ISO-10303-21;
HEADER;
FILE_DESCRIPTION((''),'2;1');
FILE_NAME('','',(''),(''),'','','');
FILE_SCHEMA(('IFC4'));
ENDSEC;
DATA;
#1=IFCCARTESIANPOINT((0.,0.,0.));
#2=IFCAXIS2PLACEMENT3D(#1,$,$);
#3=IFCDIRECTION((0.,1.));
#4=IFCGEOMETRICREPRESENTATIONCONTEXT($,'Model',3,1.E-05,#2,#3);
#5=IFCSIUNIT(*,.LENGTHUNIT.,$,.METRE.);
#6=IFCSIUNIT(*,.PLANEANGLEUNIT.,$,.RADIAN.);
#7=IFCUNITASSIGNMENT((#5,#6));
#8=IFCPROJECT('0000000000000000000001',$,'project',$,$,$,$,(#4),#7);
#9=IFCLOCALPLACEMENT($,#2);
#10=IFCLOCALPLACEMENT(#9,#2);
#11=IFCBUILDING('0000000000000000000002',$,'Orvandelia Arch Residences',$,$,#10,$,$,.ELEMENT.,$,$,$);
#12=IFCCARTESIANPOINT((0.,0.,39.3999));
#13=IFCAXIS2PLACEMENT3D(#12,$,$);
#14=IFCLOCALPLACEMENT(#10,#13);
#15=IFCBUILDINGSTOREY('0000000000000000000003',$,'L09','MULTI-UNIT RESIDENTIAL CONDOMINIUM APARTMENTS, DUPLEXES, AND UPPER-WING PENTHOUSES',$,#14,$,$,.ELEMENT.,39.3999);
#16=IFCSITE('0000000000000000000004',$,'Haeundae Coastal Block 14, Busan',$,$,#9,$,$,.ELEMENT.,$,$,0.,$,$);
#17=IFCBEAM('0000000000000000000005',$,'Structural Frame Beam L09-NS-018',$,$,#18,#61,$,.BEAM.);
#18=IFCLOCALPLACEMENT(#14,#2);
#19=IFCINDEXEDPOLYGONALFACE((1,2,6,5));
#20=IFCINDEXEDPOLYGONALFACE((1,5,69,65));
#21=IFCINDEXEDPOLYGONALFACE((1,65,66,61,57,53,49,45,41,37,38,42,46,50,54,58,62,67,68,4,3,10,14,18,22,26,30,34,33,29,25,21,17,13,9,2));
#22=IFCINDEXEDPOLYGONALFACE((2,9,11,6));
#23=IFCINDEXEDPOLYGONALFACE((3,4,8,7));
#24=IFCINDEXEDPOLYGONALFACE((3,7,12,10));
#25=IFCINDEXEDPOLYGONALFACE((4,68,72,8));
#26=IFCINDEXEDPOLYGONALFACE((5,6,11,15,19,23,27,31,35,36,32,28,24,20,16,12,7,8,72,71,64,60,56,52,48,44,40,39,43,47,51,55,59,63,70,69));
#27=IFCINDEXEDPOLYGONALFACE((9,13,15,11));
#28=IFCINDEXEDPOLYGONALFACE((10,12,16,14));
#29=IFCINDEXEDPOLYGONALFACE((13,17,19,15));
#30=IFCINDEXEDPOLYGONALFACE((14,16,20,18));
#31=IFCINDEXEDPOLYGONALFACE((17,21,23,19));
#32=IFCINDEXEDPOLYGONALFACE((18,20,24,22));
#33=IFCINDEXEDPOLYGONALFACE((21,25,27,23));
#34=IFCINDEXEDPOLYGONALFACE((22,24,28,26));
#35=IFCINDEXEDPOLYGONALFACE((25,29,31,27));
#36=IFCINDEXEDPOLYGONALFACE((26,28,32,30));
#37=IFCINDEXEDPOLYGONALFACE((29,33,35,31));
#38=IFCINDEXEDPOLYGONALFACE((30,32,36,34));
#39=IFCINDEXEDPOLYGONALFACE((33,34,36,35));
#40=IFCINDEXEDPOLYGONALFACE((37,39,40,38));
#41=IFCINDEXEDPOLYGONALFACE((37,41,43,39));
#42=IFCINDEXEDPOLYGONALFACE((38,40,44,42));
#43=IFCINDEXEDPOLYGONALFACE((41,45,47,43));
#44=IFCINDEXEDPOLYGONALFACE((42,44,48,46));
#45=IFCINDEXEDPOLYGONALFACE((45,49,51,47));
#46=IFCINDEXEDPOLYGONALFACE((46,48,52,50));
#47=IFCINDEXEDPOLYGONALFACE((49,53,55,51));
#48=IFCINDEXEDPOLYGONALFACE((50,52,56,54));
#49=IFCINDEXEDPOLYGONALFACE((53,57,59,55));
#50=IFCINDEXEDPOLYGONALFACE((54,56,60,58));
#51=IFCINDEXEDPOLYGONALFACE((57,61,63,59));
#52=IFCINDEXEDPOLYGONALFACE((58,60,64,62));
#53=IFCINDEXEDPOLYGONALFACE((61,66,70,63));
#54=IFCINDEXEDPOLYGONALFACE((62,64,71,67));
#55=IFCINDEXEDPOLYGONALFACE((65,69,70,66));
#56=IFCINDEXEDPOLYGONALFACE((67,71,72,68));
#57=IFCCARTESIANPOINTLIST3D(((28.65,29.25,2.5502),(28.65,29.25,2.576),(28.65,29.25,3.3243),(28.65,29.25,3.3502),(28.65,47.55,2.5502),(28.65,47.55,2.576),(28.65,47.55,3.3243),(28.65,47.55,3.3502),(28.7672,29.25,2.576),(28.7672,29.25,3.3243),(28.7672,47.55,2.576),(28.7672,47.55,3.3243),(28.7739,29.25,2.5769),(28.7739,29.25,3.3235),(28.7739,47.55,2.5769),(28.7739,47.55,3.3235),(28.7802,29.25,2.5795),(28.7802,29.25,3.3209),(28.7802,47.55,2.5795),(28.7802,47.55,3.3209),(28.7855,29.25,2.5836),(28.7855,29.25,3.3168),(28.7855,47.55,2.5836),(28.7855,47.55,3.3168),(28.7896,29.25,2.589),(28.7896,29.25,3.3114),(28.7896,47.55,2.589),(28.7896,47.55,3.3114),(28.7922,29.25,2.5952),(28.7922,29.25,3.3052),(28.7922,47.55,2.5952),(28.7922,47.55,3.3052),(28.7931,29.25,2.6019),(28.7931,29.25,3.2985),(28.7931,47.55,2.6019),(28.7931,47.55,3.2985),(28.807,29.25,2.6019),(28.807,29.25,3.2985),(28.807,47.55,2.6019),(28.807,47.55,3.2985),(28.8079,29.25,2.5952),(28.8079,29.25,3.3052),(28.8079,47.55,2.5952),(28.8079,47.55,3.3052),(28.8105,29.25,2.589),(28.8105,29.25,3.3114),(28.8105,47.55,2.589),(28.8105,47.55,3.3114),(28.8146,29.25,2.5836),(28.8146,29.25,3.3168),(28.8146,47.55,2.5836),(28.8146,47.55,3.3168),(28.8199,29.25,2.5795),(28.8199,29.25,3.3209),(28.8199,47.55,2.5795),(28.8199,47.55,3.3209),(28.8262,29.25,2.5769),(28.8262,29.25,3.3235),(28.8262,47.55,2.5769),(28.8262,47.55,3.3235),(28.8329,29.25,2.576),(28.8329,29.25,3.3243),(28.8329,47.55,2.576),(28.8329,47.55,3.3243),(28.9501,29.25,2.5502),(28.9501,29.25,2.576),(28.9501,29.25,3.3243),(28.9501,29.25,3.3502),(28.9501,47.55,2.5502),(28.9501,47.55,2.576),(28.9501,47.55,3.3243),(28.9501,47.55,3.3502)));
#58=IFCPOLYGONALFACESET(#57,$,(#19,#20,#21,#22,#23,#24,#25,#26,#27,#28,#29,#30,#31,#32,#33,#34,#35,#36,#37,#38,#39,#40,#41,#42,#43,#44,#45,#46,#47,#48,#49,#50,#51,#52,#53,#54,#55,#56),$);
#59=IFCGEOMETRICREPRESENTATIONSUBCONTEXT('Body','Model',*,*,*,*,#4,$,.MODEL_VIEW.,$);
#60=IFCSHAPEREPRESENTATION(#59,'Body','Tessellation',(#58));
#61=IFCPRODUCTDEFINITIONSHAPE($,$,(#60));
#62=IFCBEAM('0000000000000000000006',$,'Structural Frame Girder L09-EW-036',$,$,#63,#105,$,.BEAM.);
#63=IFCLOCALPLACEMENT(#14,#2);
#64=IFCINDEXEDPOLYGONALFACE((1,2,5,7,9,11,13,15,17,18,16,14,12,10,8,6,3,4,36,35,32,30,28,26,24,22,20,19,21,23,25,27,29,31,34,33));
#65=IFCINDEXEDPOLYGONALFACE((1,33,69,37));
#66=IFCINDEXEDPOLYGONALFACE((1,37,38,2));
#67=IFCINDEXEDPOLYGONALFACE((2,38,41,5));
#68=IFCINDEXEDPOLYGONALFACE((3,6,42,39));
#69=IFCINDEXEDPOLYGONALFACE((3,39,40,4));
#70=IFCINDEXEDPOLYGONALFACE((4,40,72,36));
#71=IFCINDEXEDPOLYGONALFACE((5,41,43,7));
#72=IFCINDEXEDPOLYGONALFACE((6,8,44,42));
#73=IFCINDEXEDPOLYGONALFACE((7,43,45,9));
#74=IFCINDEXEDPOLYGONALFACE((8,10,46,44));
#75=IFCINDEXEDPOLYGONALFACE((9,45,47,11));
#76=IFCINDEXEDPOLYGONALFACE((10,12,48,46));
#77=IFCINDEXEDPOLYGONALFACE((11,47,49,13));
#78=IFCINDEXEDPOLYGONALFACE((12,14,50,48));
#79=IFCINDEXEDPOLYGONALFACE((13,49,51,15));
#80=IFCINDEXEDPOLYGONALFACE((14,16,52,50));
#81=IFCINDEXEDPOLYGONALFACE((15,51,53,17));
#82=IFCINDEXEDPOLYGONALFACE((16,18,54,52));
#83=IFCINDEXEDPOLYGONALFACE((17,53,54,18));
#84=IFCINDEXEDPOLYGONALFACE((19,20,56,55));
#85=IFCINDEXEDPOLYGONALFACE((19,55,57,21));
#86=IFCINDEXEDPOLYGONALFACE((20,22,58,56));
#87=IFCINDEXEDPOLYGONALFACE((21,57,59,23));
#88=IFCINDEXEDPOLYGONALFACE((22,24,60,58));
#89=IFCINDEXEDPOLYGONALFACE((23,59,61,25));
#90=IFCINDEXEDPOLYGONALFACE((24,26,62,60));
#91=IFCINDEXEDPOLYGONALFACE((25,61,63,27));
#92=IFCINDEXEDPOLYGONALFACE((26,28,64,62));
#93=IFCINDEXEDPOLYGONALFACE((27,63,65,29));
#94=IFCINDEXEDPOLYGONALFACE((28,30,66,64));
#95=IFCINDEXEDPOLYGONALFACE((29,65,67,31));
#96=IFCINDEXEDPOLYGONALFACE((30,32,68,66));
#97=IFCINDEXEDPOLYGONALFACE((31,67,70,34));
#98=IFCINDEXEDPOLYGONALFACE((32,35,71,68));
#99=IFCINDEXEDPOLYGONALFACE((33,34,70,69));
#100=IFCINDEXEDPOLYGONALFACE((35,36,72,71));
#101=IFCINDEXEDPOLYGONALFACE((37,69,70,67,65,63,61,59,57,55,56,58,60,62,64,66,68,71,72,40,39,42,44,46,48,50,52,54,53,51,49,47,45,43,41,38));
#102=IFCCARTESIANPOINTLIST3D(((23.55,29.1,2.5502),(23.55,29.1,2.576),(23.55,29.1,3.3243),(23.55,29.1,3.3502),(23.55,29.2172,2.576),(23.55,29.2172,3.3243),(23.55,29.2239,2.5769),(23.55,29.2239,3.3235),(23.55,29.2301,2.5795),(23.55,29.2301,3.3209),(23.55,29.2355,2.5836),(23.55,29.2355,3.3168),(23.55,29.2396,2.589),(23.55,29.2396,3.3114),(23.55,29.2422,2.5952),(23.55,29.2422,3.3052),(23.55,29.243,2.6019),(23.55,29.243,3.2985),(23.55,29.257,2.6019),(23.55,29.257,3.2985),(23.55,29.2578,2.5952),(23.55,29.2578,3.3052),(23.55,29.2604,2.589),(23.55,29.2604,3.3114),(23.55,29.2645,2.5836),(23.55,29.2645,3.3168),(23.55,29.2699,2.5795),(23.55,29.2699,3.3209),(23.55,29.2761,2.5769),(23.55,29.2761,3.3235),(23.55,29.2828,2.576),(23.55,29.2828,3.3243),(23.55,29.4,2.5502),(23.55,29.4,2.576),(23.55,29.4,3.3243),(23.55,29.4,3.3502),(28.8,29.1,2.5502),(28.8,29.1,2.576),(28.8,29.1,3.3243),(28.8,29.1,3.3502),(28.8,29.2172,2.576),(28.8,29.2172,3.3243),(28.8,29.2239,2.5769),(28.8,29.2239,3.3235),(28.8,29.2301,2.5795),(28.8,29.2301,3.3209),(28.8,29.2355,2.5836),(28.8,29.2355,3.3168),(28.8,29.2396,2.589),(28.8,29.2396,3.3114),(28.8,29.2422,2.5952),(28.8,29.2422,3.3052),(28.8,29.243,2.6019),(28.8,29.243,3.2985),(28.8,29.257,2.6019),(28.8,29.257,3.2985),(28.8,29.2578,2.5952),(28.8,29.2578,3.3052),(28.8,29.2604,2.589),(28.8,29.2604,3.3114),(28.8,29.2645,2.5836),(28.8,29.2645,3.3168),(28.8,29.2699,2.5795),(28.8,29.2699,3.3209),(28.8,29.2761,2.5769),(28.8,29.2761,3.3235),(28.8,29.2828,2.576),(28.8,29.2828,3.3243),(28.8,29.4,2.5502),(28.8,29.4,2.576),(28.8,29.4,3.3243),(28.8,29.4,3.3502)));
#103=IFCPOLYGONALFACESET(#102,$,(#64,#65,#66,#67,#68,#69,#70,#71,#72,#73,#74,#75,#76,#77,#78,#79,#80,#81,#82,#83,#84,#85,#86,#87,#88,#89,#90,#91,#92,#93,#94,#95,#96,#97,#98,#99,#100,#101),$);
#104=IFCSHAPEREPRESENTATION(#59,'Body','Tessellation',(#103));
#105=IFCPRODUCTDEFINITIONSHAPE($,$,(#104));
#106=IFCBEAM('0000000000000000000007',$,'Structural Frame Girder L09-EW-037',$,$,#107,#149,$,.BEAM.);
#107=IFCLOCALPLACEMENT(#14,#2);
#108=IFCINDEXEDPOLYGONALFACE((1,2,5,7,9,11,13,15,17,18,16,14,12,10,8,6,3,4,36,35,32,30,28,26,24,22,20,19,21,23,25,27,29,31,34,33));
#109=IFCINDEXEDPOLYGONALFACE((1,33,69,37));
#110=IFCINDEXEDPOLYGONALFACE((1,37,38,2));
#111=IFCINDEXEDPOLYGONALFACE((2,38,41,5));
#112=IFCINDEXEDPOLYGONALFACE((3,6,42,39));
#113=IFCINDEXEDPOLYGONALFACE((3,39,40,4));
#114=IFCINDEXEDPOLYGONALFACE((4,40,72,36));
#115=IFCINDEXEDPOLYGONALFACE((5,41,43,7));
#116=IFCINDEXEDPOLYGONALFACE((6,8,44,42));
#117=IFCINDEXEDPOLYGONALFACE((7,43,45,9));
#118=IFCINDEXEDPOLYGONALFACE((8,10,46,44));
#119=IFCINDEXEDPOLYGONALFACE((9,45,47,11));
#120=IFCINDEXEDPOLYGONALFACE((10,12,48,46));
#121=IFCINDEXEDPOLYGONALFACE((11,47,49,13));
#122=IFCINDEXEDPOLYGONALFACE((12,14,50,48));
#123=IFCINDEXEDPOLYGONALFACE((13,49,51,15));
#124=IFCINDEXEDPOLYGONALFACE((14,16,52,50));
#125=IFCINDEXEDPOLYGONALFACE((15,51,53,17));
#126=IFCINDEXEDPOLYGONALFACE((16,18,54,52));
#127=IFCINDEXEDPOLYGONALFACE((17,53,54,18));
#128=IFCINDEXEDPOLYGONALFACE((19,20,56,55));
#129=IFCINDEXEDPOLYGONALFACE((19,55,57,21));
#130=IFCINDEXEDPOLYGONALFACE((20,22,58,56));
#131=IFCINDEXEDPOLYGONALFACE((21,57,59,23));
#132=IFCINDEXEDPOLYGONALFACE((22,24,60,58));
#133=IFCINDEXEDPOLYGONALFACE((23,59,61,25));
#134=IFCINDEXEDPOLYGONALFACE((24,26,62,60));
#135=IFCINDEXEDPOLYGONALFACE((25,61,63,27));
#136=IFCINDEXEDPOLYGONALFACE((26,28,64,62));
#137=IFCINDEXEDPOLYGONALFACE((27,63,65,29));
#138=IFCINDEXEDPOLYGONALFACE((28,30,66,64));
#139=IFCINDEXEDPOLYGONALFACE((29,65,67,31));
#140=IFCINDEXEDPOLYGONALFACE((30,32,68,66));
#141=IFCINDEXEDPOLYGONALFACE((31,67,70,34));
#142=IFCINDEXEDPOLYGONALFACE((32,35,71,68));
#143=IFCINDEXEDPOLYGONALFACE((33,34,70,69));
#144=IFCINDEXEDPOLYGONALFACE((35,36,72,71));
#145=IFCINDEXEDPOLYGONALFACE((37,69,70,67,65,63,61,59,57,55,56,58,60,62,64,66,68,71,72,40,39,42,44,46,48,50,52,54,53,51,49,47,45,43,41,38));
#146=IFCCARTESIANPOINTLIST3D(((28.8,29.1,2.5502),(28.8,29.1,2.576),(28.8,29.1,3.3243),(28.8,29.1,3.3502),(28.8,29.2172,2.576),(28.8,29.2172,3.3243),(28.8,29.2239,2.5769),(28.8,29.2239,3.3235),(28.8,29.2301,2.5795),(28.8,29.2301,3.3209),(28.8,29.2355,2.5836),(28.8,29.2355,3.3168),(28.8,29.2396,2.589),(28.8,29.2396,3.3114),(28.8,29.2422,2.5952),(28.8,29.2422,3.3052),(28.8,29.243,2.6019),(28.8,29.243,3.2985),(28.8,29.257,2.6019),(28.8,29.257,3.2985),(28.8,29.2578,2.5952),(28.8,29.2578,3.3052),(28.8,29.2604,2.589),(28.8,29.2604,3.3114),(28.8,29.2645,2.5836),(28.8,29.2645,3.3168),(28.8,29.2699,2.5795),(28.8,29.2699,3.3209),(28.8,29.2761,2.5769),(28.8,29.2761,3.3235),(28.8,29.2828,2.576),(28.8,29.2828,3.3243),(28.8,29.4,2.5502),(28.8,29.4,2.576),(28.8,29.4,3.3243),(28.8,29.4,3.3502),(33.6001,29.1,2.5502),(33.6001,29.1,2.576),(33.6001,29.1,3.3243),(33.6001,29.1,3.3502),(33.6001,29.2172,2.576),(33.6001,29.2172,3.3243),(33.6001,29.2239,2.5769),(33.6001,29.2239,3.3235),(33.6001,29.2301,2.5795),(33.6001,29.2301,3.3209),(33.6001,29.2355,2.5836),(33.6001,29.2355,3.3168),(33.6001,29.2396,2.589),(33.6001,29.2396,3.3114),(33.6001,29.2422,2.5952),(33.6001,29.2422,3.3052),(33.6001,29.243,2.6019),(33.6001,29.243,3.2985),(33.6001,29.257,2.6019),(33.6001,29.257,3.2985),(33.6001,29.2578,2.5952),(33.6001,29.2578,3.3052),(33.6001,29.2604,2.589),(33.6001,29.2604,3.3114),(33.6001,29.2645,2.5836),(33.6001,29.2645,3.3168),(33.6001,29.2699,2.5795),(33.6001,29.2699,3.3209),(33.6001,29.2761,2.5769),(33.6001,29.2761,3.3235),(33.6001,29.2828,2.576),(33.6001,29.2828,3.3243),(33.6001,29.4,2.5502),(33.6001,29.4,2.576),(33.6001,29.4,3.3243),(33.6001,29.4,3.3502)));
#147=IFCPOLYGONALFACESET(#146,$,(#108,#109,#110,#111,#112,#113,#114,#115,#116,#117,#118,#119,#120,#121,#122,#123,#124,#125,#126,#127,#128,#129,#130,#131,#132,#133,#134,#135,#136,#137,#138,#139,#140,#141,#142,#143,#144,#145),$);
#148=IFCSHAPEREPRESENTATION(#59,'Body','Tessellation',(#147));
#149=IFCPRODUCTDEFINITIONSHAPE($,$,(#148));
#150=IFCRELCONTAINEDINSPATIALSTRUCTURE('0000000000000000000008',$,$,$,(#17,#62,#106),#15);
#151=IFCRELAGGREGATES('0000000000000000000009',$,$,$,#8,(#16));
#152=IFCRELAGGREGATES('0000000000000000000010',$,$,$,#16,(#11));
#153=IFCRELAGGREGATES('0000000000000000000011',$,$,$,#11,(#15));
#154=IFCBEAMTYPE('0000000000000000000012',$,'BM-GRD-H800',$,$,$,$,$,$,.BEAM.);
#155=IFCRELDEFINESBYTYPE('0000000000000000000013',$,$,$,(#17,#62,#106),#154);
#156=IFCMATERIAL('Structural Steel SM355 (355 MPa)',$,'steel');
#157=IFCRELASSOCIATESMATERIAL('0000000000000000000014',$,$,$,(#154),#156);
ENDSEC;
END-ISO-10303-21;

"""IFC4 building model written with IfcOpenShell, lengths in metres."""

from ifc_helpers import new_model, si_unit, direction, frame, origin, origin_2d, place, context, subcontext, project, spatial, i_section, extrude, material, material_profile, profile_set, type_object, element, save


model = new_model("IFC4")

# Units and contexts
model_context = context("Model", 3, precision=1e-05, world=origin(), true_north=direction((0.0, 1.0)))
body_context = subcontext(model_context, "Body", "Model", "MODEL_VIEW")
ifc_project = project(units=[si_unit("LENGTHUNIT", "METRE"), si_unit("PLANEANGLEUNIT", "RADIAN")], contexts=[model_context])

# Site, building, storey
site_placement = place(None, origin())
site = spatial("IfcSite", under=ifc_project, at=site_placement, Name="Haeundae Coastal Block 14, Busan", CompositionType="ELEMENT", RefElevation=0.0)
building_placement = place(site_placement, origin())
building = spatial("IfcBuilding", under=site, at=building_placement, Name="Orvandelia Arch Residences", CompositionType="ELEMENT")
storey_placement = place(building_placement, frame((0.0, 0.0, 39.3999)))
storey = spatial("IfcBuildingStorey", under=building, at=storey_placement, Name="L09", Description="MULTI-UNIT RESIDENTIAL CONDOMINIUM APARTMENTS, DUPLEXES, AND UPPER-WING PENTHOUSES", CompositionType="ELEMENT", Elevation=39.3999)

# Beams
ifc_material_1 = material(Name="Structural Steel SM355 (355 MPa)", Category="steel")
ifc_material_profile_1 = material_profile(ifc_material_1, i_section(OverallWidth=0.3, OverallDepth=0.8, WebThickness=0.0139, FlangeThickness=0.0259, FilletRadius=0.0259, at=origin_2d()), Name="Structural Steel SM355 (355 MPa)", Category="steel")
ifc_profile_set_1 = profile_set([ifc_material_profile_1], Name="Structural Steel SM355 (355 MPa)")
beam_type = type_object("IfcBeamType", Name="BM-GRD-H800", PredefinedType="BEAM", material=ifc_profile_set_1)
beam_1_placement = place(storey_placement, frame((28.8, 29.25, 2.9502), z_axis=(0.0, 1.0, 0.0), x_axis=(-1.0, 0.0, 0.0)))
element("IfcBeam", 1, at=beam_1_placement, inside=storey, type_object=beam_type, Name="Structural Frame Beam L09-NS-018", PredefinedType="BEAM", context=body_context, shape_type="SweptSolid", body=[
    extrude(i_section(OverallWidth=0.3, OverallDepth=0.8, WebThickness=0.0139, FlangeThickness=0.0259, FilletRadius=0.0259, at=origin_2d()), origin(), (0.0, 0.0, 1.0), 18.3),
])
beam_2_placement = place(storey_placement, frame((23.55, 29.25, 2.9502), z_axis=(1.0, 0.0, 0.0), x_axis=(0.0, 1.0, 0.0)))
element("IfcBeam", 2, at=beam_2_placement, inside=storey, type_object=beam_type, Name="Structural Frame Girder L09-EW-036", PredefinedType="BEAM", context=body_context, shape_type="SweptSolid", body=[
    extrude(i_section(OverallWidth=0.3, OverallDepth=0.8, WebThickness=0.0139, FlangeThickness=0.0259, FilletRadius=0.0259, at=origin_2d()), origin(), (0.0, 0.0, 1.0), 5.25),
])
beam_3_placement = place(storey_placement, frame((28.8, 29.25, 2.9502), z_axis=(1.0, 0.0, 0.0), x_axis=(0.0, 1.0, 0.0)))
element("IfcBeam", 3, at=beam_3_placement, inside=storey, type_object=beam_type, Name="Structural Frame Girder L09-EW-037", PredefinedType="BEAM", context=body_context, shape_type="SweptSolid", body=[
    extrude(i_section(OverallWidth=0.3, OverallDepth=0.8, WebThickness=0.0139, FlangeThickness=0.0259, FilletRadius=0.0259, at=origin_2d()), origin(), (0.0, 0.0, 1.0), 4.8),
])

save(model, "model.ifc")
